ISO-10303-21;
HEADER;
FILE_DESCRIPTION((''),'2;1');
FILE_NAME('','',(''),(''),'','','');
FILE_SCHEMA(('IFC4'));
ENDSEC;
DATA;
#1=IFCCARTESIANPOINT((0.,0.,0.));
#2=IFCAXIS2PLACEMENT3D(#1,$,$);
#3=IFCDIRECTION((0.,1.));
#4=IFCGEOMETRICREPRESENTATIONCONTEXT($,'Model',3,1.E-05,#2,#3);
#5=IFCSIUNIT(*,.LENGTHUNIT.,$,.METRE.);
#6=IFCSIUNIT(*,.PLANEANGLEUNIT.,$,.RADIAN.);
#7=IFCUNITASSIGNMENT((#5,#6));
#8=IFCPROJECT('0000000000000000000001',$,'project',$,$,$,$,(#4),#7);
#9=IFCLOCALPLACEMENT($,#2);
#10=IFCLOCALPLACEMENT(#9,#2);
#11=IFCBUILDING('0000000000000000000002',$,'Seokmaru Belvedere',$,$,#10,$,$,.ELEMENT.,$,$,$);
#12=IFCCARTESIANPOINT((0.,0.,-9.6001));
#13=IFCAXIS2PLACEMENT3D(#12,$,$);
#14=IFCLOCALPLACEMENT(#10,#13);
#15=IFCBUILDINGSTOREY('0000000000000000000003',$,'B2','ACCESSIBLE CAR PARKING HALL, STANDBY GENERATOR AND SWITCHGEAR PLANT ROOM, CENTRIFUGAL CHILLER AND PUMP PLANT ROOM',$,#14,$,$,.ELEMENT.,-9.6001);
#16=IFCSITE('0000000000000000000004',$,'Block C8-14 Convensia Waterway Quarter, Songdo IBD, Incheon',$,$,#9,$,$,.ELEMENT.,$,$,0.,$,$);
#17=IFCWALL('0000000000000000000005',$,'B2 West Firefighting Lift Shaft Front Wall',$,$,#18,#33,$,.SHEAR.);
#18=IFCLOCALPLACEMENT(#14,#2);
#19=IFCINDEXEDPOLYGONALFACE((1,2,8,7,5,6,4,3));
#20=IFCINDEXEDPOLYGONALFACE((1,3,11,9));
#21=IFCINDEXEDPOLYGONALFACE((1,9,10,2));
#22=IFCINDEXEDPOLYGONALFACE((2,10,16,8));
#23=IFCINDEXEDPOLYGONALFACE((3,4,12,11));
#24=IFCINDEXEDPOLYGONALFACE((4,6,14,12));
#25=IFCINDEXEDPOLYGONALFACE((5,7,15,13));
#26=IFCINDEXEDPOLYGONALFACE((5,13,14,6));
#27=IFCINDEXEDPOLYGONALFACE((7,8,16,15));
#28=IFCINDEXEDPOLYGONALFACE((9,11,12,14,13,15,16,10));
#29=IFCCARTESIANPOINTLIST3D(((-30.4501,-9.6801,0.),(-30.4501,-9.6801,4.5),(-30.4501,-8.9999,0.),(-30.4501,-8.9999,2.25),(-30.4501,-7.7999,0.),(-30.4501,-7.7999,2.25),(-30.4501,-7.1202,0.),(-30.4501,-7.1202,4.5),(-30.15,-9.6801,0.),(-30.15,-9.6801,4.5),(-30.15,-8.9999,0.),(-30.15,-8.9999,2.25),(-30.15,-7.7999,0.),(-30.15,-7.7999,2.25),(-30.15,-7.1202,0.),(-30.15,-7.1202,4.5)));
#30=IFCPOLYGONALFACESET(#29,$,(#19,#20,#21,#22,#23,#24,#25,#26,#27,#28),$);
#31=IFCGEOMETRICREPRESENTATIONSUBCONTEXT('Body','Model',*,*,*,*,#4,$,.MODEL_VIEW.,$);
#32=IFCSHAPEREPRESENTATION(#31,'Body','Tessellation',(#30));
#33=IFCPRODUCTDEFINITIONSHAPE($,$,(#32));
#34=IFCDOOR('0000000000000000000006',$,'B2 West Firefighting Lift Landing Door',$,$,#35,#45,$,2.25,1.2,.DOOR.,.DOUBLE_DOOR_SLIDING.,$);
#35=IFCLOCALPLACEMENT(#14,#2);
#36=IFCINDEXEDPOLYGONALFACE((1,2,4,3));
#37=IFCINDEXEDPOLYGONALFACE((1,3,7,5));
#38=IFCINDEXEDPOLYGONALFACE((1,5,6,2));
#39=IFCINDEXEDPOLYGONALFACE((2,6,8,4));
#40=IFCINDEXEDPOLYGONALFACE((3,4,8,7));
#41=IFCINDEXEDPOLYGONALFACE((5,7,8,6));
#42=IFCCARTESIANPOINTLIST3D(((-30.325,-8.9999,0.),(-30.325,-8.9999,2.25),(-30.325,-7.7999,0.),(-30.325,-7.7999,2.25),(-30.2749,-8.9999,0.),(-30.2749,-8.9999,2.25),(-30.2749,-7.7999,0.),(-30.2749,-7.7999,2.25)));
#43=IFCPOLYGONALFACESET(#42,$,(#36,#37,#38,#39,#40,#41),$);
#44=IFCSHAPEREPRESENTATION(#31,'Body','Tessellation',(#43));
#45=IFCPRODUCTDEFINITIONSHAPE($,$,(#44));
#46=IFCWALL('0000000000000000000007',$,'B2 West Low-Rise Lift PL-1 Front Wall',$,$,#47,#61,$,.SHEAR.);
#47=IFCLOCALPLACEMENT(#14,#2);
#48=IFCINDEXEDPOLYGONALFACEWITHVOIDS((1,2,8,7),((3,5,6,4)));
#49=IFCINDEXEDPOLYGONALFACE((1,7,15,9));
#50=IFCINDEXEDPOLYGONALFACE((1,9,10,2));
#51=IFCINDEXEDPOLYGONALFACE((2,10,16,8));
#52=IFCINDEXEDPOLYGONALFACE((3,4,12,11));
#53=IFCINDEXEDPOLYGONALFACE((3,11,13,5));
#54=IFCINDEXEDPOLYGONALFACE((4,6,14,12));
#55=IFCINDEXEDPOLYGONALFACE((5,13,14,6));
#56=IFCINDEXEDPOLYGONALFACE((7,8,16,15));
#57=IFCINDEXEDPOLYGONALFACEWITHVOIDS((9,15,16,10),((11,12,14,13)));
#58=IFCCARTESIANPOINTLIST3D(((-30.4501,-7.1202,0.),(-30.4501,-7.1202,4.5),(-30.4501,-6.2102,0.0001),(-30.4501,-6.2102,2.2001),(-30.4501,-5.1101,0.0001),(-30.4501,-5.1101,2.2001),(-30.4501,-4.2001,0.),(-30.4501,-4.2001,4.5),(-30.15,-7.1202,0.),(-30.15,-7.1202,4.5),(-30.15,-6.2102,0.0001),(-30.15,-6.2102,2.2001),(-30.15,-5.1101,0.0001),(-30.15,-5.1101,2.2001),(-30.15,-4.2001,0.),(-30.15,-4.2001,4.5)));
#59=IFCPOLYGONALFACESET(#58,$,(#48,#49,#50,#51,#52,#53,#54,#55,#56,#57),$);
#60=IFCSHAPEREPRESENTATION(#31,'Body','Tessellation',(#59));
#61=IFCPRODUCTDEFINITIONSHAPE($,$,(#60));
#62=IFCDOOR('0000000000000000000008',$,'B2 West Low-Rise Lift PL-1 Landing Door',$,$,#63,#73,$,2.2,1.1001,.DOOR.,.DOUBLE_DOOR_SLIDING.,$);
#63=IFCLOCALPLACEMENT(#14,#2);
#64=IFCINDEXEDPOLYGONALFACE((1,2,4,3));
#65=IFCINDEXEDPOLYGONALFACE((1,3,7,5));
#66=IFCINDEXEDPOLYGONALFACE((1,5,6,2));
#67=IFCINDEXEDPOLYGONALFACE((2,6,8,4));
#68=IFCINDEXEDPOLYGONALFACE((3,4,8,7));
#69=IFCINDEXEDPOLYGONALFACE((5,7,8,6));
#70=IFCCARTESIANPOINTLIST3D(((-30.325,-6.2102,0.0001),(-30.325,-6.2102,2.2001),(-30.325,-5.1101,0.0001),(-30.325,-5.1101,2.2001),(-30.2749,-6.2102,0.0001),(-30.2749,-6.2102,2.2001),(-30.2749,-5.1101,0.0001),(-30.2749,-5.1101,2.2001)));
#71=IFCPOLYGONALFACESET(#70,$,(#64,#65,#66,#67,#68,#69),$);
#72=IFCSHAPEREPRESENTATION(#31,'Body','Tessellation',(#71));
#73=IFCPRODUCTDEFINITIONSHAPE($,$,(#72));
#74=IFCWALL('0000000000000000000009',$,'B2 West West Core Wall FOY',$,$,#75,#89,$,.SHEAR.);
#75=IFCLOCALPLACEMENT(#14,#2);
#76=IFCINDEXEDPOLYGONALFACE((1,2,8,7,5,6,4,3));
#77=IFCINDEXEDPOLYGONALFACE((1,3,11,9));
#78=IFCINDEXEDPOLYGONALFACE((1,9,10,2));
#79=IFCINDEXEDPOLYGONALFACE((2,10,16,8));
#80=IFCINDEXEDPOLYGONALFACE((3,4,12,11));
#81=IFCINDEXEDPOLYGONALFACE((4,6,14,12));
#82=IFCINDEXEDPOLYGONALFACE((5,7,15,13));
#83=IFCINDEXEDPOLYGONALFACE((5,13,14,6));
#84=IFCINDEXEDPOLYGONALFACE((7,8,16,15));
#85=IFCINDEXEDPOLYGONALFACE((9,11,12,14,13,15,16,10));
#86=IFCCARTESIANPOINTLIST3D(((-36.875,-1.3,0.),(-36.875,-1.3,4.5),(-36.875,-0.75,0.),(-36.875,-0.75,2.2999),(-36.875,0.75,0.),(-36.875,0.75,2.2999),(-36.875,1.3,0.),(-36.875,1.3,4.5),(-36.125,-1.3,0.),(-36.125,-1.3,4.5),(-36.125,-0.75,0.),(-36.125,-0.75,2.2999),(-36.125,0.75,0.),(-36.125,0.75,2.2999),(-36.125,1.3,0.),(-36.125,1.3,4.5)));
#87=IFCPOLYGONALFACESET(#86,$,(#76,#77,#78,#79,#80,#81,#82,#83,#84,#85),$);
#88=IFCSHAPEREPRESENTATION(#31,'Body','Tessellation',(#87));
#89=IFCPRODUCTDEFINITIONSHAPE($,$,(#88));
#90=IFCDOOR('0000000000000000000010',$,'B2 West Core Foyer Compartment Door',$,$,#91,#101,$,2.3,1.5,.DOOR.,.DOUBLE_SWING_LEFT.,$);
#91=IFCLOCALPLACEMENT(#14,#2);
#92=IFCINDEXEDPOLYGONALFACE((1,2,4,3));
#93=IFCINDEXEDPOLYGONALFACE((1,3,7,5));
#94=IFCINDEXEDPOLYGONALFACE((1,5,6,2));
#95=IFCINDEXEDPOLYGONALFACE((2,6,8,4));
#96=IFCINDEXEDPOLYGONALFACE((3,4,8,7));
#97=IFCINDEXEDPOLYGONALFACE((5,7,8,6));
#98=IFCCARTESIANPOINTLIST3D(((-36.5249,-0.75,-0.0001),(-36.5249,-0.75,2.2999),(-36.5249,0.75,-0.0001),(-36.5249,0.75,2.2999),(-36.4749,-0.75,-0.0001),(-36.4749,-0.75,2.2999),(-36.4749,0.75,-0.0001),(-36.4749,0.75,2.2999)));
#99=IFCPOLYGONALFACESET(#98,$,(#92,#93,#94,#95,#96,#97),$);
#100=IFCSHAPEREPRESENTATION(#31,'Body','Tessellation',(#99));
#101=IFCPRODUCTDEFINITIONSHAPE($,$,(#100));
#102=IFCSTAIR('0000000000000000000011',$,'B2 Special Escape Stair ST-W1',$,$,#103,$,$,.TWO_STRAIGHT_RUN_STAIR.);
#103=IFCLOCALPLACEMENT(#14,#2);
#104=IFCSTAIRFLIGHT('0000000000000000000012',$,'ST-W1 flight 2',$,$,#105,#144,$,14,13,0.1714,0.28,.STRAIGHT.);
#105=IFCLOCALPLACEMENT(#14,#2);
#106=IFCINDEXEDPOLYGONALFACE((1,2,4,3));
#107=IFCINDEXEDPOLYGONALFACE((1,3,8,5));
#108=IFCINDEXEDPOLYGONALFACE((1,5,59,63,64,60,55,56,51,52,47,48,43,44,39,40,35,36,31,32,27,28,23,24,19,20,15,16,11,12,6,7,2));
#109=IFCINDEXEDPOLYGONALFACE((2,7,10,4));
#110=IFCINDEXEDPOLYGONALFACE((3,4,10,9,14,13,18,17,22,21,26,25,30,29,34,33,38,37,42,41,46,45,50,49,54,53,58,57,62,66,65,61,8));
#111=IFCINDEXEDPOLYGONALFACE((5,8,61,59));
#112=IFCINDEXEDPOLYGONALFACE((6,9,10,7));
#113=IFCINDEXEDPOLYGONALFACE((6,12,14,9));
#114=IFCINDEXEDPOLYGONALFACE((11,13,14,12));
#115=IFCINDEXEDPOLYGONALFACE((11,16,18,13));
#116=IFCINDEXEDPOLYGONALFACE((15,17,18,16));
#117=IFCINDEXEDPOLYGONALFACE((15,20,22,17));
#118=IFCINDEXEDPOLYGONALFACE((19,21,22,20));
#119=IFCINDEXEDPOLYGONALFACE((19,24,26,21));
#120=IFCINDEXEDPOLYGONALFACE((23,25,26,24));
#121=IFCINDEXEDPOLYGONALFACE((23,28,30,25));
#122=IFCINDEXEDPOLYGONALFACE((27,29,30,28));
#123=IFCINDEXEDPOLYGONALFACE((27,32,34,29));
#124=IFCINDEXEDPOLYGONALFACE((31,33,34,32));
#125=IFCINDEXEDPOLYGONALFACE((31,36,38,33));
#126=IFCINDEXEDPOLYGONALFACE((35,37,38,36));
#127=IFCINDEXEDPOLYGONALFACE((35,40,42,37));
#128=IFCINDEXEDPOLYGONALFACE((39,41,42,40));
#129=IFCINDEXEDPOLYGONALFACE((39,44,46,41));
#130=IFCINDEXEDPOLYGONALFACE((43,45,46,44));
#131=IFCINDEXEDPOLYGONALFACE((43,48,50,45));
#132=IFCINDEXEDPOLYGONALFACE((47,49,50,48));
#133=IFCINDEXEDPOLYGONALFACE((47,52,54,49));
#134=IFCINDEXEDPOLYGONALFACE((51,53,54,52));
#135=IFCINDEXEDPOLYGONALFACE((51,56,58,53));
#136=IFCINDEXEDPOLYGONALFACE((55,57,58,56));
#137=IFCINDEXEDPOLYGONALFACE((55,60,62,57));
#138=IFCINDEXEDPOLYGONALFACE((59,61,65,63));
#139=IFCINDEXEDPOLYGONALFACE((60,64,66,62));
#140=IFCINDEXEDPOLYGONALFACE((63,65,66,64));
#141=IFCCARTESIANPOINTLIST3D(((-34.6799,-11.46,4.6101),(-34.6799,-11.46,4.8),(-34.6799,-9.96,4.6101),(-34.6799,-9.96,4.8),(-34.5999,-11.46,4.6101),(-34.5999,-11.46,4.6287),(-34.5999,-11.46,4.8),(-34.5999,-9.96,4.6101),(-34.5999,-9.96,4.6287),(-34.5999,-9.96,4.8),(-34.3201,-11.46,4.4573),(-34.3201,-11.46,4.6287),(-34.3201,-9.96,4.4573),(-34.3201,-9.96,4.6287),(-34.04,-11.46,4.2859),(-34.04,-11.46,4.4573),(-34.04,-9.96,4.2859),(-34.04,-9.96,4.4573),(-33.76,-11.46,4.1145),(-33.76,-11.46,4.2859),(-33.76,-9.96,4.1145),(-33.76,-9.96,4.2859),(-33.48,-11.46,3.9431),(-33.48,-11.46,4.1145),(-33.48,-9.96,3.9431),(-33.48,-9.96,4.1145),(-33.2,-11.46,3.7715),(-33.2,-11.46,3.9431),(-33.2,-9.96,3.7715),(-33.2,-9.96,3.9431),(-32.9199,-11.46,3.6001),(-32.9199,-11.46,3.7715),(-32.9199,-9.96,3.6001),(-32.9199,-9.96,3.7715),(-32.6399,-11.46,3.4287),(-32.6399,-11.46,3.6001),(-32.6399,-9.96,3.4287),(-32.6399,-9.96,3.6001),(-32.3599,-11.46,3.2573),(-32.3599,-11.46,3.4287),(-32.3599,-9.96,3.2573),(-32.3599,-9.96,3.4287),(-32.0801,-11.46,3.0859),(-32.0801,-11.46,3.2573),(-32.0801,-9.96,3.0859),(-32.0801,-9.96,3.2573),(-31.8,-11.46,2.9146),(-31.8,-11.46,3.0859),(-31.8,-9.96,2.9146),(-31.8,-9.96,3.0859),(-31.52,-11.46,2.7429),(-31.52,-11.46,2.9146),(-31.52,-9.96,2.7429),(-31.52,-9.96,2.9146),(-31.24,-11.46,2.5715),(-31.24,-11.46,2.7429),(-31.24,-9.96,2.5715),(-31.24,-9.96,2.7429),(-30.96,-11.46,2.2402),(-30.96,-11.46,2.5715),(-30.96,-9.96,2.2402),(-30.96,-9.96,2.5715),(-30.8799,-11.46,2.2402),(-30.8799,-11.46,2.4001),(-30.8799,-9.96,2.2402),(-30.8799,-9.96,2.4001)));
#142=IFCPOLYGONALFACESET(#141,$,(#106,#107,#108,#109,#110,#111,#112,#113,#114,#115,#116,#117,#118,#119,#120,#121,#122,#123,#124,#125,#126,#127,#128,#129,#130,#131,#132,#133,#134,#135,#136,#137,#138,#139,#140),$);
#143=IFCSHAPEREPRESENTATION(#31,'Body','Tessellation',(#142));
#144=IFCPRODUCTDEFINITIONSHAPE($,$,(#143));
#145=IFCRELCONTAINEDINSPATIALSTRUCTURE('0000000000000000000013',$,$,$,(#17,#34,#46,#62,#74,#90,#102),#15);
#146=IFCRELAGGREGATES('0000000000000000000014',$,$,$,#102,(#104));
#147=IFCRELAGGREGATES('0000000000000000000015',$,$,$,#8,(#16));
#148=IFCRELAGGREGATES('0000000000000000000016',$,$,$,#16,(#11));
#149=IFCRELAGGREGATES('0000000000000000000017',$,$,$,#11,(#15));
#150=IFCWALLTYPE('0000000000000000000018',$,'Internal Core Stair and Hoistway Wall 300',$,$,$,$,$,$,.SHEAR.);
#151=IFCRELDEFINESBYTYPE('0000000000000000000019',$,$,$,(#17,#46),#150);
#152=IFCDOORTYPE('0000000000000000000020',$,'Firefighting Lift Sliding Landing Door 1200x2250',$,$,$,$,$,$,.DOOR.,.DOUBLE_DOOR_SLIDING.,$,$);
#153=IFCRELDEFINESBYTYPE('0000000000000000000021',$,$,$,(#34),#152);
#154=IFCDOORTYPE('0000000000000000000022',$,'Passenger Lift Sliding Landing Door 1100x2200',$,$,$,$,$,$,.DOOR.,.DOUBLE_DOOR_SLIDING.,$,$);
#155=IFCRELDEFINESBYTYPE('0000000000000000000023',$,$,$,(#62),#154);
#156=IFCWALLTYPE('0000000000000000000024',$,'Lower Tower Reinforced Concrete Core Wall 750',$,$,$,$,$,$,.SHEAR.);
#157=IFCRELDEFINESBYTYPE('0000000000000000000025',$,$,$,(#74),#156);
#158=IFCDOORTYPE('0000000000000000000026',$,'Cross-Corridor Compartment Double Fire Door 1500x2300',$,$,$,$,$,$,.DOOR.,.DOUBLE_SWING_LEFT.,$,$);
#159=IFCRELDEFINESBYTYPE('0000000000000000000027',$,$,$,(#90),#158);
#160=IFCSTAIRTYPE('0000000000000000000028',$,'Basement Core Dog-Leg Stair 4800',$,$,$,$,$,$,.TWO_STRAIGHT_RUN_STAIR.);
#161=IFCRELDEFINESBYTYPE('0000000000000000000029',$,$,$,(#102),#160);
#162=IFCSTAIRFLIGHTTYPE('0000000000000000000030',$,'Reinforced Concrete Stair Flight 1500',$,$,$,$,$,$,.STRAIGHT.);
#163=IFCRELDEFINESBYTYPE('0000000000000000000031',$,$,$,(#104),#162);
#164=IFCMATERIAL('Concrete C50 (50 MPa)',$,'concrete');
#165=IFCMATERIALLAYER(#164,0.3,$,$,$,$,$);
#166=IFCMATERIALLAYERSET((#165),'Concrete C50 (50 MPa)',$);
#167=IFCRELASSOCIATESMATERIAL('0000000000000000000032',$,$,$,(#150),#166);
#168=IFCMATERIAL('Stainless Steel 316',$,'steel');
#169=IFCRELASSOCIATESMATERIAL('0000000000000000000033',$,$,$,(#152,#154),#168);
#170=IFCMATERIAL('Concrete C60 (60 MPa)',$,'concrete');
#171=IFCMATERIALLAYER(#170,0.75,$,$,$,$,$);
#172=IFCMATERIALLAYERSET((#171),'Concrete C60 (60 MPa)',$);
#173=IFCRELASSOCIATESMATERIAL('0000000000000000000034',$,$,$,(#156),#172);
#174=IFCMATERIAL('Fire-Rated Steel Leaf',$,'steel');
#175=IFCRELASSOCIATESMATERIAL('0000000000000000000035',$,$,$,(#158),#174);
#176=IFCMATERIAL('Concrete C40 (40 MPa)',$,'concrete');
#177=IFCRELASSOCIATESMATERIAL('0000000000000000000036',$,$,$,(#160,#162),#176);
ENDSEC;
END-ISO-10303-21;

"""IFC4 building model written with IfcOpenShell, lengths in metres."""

from ifc_helpers import new_model, si_unit, direction, frame, frame_2d, origin, place, context, subcontext, project, spatial, polyline, rectangle, outline, extrude, source, transform, mapped, material, layer, layer_set, type_object, type_shapes, element, fill, aggregate, save


model = new_model("IFC4")

# Units and contexts
model_context = context("Model", 3, precision=1e-05, world=origin(), true_north=direction((0.0, 1.0)))
body_context = subcontext(model_context, "Body", "Model", "MODEL_VIEW")
ifc_project = project(units=[si_unit("LENGTHUNIT", "METRE"), si_unit("PLANEANGLEUNIT", "RADIAN")], contexts=[model_context])

# Site, building, storey
site_placement = place(None, origin())
site = spatial("IfcSite", under=ifc_project, at=site_placement, Name="Block C8-14 Convensia Waterway Quarter, Songdo IBD, Incheon", CompositionType="ELEMENT", RefElevation=0.0)
building_placement = place(site_placement, origin())
building = spatial("IfcBuilding", under=site, at=building_placement, Name="Seokmaru Belvedere", CompositionType="ELEMENT")
storey_placement = place(building_placement, frame((0.0, 0.0, -9.6001)))
storey = spatial("IfcBuildingStorey", under=building, at=storey_placement, Name="B2", Description="ACCESSIBLE CAR PARKING HALL, STANDBY GENERATOR AND SWITCHGEAR PLANT ROOM, CENTRIFUGAL CHILLER AND PUMP PLANT ROOM", CompositionType="ELEMENT", Elevation=-9.6001)

# Shared definitions
ifc_material_1 = material(Name="Concrete C50 (50 MPa)", Category="concrete")

# Walls, openings, doors
ifc_layer_1 = layer(ifc_material_1, 0.3)
ifc_layer_set_1 = layer_set([ifc_layer_1], Name="Concrete C50 (50 MPa)")
wall_type_1 = type_object("IfcWallType", Name="Internal Core Stair and Hoistway Wall 300", PredefinedType="SHEAR", material=ifc_layer_set_1)
ifc_material_2 = material(Name="Fire-Rated Steel Leaf", Category="steel")
wall_1_placement = place(storey_placement, frame((-30.3, -9.6799, 0.0), z_axis=(0.0, 0.0, 1.0), x_axis=(0.0, 1.0, 0.0)))
wall_1 = element("IfcWall", 1, at=wall_1_placement, inside=storey, type_object=wall_type_1, Name="B2 West Firefighting Lift Shaft Front Wall", PredefinedType="SHEAR", context=body_context, shape_type="SweptSolid", body=[
    extrude(rectangle(XDim=2.5598, YDim=0.3, at=frame_2d((1.2798, 0.0))), origin(), (0.0, 0.0, 1.0), 4.5),
])
opening_1_placement = place(wall_1_placement, frame((0.6799, 0.0, 0.0)))
opening_1 = element("IfcOpeningElement", 2, at=opening_1_placement, cuts=wall_1, PredefinedType="OPENING", context=body_context, shape_type="SweptSolid", body=[
    extrude(rectangle(XDim=1.2, YDim=2.25, at=frame_2d((0.6001, 1.125))), frame((0.0, 0.1602, 0.0), z_axis=(0.0, -1.0, 0.0), x_axis=(1.0, 0.0, 0.0)), (0.0, 0.0, 1.0), 0.3201),
])
ifc_material_3 = material(Name="Stainless Steel 316", Category="steel")
door_type_1 = type_object("IfcDoorType", Name="Firefighting Lift Sliding Landing Door 1200x2250", OperationType="DOUBLE_DOOR_SLIDING", PredefinedType="DOOR", material=ifc_material_3)
shared_shape_1 = source(origin(), body_context, "Body", "SweptSolid", [
    extrude(rectangle(XDim=1.2, YDim=2.25, at=frame_2d((0.6001, 1.125))), frame((0.0, 0.0249, 0.0), z_axis=(0.0, -1.0, 0.0), x_axis=(1.0, 0.0, 0.0)), (0.0, 0.0, 1.0), 0.05),
])
type_shapes(door_type_1, [shared_shape_1])
door_1_placement = place(opening_1_placement, origin())
door_1 = element("IfcDoor", 3, at=door_1_placement, inside=storey, type_object=door_type_1, Name="B2 West Firefighting Lift Landing Door", OperationType="DOUBLE_DOOR_SLIDING", OverallHeight=2.25, OverallWidth=1.2, PredefinedType="DOOR", context=body_context, shape_type="MappedRepresentation", body=[
    mapped(shared_shape_1, transform((0.0, 0.0, 0.0), scale=1.0)),
])
fill(opening_1, door_1)
wall_2_placement = place(storey_placement, frame((-30.3, -7.1201, 0.0), z_axis=(0.0, 0.0, 1.0), x_axis=(0.0, 1.0, 0.0)))
wall_2 = element("IfcWall", 4, at=wall_2_placement, inside=storey, type_object=wall_type_1, Name="B2 West Low-Rise Lift PL-1 Front Wall", PredefinedType="SHEAR", context=body_context, shape_type="SweptSolid", body=[
    extrude(rectangle(XDim=2.9202, YDim=0.3, at=frame_2d((1.46, 0.0))), origin(), (0.0, 0.0, 1.0), 4.5),
])
opening_2_placement = place(wall_2_placement, frame((0.9099, 0.0, 0.0)))
opening_2 = element("IfcOpeningElement", 5, at=opening_2_placement, cuts=wall_2, PredefinedType="OPENING", context=body_context, shape_type="SweptSolid", body=[
    extrude(rectangle(XDim=1.1001, YDim=2.2, at=frame_2d((0.55, 1.1001))), frame((0.0, 0.1602, 0.0), z_axis=(0.0, -1.0, 0.0), x_axis=(1.0, 0.0, 0.0)), (0.0, 0.0, 1.0), 0.3201),
])
door_type_2 = type_object("IfcDoorType", Name="Passenger Lift Sliding Landing Door 1100x2200", OperationType="DOUBLE_DOOR_SLIDING", PredefinedType="DOOR", material=ifc_material_3)
shared_shape_2 = source(origin(), body_context, "Body", "SweptSolid", [
    extrude(rectangle(XDim=1.1001, YDim=2.2, at=frame_2d((0.55, 1.1001))), frame((0.0, 0.0249, 0.0), z_axis=(0.0, -1.0, 0.0), x_axis=(1.0, 0.0, 0.0)), (0.0, 0.0, 1.0), 0.05),
])
type_shapes(door_type_2, [shared_shape_2])
door_2_placement = place(opening_2_placement, origin())
door_2 = element("IfcDoor", 6, at=door_2_placement, inside=storey, type_object=door_type_2, Name="B2 West Low-Rise Lift PL-1 Landing Door", OperationType="DOUBLE_DOOR_SLIDING", OverallHeight=2.2, OverallWidth=1.1001, PredefinedType="DOOR", context=body_context, shape_type="MappedRepresentation", body=[
    mapped(shared_shape_2, transform((0.0, 0.0, 0.0), scale=1.0)),
])
fill(opening_2, door_2)
ifc_material_4 = material(Name="Concrete C60 (60 MPa)", Category="concrete")
ifc_layer_2 = layer(ifc_material_4, 0.75)
ifc_layer_set_2 = layer_set([ifc_layer_2], Name="Concrete C60 (60 MPa)")
wall_type_2 = type_object("IfcWallType", Name="Lower Tower Reinforced Concrete Core Wall 750", PredefinedType="SHEAR", material=ifc_layer_set_2)
wall_3_placement = place(storey_placement, frame((-36.5, -1.3, 0.0), z_axis=(0.0, 0.0, 1.0), x_axis=(0.0, 1.0, 0.0)))
wall_3 = element("IfcWall", 7, at=wall_3_placement, inside=storey, type_object=wall_type_2, Name="B2 West West Core Wall FOY", PredefinedType="SHEAR", context=body_context, shape_type="SweptSolid", body=[
    extrude(rectangle(XDim=2.6001, YDim=0.75, at=frame_2d((1.3, 0.0))), origin(), (0.0, 0.0, 1.0), 4.5),
])
opening_3_placement = place(wall_3_placement, frame((0.55, 0.0, 0.0)))
opening_3 = element("IfcOpeningElement", 8, at=opening_3_placement, cuts=wall_3, PredefinedType="OPENING", context=body_context, shape_type="SweptSolid", body=[
    extrude(rectangle(XDim=1.5, YDim=2.3, at=frame_2d((0.75, 1.1499))), frame((0.0, 0.385, 0.0), z_axis=(0.0, -1.0, 0.0), x_axis=(1.0, 0.0, 0.0)), (0.0, 0.0, 1.0), 0.77),
])
door_type_3 = type_object("IfcDoorType", Name="Cross-Corridor Compartment Double Fire Door 1500x2300", OperationType="DOUBLE_SWING_LEFT", PredefinedType="DOOR", material=ifc_material_2)
shared_shape_3 = source(origin(), body_context, "Body", "SweptSolid", [
    extrude(rectangle(XDim=1.5, YDim=2.3, at=frame_2d((0.75, 1.1499))), frame((0.0, 0.0249, 0.0), z_axis=(0.0, -1.0, 0.0), x_axis=(1.0, 0.0, 0.0)), (0.0, 0.0, 1.0), 0.05),
])
type_shapes(door_type_3, [shared_shape_3])
door_3_placement = place(opening_3_placement, origin())
door_3 = element("IfcDoor", 9, at=door_3_placement, inside=storey, type_object=door_type_3, Name="B2 West Core Foyer Compartment Door", OperationType="DOUBLE_SWING_LEFT", OverallHeight=2.3, OverallWidth=1.5, PredefinedType="DOOR", context=body_context, shape_type="MappedRepresentation", body=[
    mapped(shared_shape_3, transform((0.0, 0.0, 0.0), scale=1.0)),
])
fill(opening_3, door_3)

# Stair, stair flight
ifc_material_5 = material(Name="Concrete C40 (40 MPa)", Category="concrete")
stair_type = type_object("IfcStairType", Name="Basement Core Dog-Leg Stair 4800", PredefinedType="TWO_STRAIGHT_RUN_STAIR", material=ifc_material_5)
stair_placement = place(storey_placement, origin())
stair = element("IfcStair", 10, at=stair_placement, inside=storey, type_object=stair_type, Name="B2 Special Escape Stair ST-W1", PredefinedType="TWO_STRAIGHT_RUN_STAIR")
stair_flight_type = type_object("IfcStairFlightType", Name="Reinforced Concrete Stair Flight 1500", PredefinedType="STRAIGHT", material=ifc_material_5)
stair_flight_placement = place(storey_placement, frame((-30.96, -10.71, 2.4001), z_axis=(0.0, 0.0, 1.0), x_axis=(-1.0, 0.0, 0.0)))
stair_flight = element("IfcStairFlight", 11, at=stair_flight_placement, type_object=stair_flight_type, Name="ST-W1 flight 2", NumberOfRisers=14, NumberOfTreads=13, PredefinedType="STRAIGHT", RiserHeight=0.1714, TreadLength=0.28, context=body_context, shape_type="SweptSolid", body=[
    extrude(outline(polyline([(-0.0801, 0.0), (0.0, 0.1714), (0.28, 0.1714), (0.28, 0.3428), (0.5601, 0.3428), (0.5601, 0.5144), (0.8401, 0.5144), (0.8401, 0.6858), (1.1201, 0.6858), (1.1201, 0.8572), (1.3999, 0.8572), (1.3999, 1.0286), (1.6799, 1.0286), (1.6799, 1.2), (1.96, 1.2), (1.96, 1.3713), (2.24, 1.3713), (2.24, 1.543), (2.52, 1.543), (2.52, 1.7144), (2.8, 1.7144), (2.8, 1.8857), (3.0801, 1.8857), (3.0801, 2.0571), (3.3601, 2.0571), (3.3601, 2.2285), (3.6399, 2.2285), (3.6399, 2.3999), (3.72, 2.3999), (3.72, 2.21), (3.6399, 2.21), (0.0, -0.1599), (-0.0801, -0.1599), (-0.0801, 0.0)])), frame((0.0, 0.75, 0.0), z_axis=(0.0, -1.0, 0.0), x_axis=(1.0, 0.0, 0.0)), (0.0, 0.0, 1.0), 1.5),
])
aggregate(stair, [stair_flight])

save(model, "model.ifc")
